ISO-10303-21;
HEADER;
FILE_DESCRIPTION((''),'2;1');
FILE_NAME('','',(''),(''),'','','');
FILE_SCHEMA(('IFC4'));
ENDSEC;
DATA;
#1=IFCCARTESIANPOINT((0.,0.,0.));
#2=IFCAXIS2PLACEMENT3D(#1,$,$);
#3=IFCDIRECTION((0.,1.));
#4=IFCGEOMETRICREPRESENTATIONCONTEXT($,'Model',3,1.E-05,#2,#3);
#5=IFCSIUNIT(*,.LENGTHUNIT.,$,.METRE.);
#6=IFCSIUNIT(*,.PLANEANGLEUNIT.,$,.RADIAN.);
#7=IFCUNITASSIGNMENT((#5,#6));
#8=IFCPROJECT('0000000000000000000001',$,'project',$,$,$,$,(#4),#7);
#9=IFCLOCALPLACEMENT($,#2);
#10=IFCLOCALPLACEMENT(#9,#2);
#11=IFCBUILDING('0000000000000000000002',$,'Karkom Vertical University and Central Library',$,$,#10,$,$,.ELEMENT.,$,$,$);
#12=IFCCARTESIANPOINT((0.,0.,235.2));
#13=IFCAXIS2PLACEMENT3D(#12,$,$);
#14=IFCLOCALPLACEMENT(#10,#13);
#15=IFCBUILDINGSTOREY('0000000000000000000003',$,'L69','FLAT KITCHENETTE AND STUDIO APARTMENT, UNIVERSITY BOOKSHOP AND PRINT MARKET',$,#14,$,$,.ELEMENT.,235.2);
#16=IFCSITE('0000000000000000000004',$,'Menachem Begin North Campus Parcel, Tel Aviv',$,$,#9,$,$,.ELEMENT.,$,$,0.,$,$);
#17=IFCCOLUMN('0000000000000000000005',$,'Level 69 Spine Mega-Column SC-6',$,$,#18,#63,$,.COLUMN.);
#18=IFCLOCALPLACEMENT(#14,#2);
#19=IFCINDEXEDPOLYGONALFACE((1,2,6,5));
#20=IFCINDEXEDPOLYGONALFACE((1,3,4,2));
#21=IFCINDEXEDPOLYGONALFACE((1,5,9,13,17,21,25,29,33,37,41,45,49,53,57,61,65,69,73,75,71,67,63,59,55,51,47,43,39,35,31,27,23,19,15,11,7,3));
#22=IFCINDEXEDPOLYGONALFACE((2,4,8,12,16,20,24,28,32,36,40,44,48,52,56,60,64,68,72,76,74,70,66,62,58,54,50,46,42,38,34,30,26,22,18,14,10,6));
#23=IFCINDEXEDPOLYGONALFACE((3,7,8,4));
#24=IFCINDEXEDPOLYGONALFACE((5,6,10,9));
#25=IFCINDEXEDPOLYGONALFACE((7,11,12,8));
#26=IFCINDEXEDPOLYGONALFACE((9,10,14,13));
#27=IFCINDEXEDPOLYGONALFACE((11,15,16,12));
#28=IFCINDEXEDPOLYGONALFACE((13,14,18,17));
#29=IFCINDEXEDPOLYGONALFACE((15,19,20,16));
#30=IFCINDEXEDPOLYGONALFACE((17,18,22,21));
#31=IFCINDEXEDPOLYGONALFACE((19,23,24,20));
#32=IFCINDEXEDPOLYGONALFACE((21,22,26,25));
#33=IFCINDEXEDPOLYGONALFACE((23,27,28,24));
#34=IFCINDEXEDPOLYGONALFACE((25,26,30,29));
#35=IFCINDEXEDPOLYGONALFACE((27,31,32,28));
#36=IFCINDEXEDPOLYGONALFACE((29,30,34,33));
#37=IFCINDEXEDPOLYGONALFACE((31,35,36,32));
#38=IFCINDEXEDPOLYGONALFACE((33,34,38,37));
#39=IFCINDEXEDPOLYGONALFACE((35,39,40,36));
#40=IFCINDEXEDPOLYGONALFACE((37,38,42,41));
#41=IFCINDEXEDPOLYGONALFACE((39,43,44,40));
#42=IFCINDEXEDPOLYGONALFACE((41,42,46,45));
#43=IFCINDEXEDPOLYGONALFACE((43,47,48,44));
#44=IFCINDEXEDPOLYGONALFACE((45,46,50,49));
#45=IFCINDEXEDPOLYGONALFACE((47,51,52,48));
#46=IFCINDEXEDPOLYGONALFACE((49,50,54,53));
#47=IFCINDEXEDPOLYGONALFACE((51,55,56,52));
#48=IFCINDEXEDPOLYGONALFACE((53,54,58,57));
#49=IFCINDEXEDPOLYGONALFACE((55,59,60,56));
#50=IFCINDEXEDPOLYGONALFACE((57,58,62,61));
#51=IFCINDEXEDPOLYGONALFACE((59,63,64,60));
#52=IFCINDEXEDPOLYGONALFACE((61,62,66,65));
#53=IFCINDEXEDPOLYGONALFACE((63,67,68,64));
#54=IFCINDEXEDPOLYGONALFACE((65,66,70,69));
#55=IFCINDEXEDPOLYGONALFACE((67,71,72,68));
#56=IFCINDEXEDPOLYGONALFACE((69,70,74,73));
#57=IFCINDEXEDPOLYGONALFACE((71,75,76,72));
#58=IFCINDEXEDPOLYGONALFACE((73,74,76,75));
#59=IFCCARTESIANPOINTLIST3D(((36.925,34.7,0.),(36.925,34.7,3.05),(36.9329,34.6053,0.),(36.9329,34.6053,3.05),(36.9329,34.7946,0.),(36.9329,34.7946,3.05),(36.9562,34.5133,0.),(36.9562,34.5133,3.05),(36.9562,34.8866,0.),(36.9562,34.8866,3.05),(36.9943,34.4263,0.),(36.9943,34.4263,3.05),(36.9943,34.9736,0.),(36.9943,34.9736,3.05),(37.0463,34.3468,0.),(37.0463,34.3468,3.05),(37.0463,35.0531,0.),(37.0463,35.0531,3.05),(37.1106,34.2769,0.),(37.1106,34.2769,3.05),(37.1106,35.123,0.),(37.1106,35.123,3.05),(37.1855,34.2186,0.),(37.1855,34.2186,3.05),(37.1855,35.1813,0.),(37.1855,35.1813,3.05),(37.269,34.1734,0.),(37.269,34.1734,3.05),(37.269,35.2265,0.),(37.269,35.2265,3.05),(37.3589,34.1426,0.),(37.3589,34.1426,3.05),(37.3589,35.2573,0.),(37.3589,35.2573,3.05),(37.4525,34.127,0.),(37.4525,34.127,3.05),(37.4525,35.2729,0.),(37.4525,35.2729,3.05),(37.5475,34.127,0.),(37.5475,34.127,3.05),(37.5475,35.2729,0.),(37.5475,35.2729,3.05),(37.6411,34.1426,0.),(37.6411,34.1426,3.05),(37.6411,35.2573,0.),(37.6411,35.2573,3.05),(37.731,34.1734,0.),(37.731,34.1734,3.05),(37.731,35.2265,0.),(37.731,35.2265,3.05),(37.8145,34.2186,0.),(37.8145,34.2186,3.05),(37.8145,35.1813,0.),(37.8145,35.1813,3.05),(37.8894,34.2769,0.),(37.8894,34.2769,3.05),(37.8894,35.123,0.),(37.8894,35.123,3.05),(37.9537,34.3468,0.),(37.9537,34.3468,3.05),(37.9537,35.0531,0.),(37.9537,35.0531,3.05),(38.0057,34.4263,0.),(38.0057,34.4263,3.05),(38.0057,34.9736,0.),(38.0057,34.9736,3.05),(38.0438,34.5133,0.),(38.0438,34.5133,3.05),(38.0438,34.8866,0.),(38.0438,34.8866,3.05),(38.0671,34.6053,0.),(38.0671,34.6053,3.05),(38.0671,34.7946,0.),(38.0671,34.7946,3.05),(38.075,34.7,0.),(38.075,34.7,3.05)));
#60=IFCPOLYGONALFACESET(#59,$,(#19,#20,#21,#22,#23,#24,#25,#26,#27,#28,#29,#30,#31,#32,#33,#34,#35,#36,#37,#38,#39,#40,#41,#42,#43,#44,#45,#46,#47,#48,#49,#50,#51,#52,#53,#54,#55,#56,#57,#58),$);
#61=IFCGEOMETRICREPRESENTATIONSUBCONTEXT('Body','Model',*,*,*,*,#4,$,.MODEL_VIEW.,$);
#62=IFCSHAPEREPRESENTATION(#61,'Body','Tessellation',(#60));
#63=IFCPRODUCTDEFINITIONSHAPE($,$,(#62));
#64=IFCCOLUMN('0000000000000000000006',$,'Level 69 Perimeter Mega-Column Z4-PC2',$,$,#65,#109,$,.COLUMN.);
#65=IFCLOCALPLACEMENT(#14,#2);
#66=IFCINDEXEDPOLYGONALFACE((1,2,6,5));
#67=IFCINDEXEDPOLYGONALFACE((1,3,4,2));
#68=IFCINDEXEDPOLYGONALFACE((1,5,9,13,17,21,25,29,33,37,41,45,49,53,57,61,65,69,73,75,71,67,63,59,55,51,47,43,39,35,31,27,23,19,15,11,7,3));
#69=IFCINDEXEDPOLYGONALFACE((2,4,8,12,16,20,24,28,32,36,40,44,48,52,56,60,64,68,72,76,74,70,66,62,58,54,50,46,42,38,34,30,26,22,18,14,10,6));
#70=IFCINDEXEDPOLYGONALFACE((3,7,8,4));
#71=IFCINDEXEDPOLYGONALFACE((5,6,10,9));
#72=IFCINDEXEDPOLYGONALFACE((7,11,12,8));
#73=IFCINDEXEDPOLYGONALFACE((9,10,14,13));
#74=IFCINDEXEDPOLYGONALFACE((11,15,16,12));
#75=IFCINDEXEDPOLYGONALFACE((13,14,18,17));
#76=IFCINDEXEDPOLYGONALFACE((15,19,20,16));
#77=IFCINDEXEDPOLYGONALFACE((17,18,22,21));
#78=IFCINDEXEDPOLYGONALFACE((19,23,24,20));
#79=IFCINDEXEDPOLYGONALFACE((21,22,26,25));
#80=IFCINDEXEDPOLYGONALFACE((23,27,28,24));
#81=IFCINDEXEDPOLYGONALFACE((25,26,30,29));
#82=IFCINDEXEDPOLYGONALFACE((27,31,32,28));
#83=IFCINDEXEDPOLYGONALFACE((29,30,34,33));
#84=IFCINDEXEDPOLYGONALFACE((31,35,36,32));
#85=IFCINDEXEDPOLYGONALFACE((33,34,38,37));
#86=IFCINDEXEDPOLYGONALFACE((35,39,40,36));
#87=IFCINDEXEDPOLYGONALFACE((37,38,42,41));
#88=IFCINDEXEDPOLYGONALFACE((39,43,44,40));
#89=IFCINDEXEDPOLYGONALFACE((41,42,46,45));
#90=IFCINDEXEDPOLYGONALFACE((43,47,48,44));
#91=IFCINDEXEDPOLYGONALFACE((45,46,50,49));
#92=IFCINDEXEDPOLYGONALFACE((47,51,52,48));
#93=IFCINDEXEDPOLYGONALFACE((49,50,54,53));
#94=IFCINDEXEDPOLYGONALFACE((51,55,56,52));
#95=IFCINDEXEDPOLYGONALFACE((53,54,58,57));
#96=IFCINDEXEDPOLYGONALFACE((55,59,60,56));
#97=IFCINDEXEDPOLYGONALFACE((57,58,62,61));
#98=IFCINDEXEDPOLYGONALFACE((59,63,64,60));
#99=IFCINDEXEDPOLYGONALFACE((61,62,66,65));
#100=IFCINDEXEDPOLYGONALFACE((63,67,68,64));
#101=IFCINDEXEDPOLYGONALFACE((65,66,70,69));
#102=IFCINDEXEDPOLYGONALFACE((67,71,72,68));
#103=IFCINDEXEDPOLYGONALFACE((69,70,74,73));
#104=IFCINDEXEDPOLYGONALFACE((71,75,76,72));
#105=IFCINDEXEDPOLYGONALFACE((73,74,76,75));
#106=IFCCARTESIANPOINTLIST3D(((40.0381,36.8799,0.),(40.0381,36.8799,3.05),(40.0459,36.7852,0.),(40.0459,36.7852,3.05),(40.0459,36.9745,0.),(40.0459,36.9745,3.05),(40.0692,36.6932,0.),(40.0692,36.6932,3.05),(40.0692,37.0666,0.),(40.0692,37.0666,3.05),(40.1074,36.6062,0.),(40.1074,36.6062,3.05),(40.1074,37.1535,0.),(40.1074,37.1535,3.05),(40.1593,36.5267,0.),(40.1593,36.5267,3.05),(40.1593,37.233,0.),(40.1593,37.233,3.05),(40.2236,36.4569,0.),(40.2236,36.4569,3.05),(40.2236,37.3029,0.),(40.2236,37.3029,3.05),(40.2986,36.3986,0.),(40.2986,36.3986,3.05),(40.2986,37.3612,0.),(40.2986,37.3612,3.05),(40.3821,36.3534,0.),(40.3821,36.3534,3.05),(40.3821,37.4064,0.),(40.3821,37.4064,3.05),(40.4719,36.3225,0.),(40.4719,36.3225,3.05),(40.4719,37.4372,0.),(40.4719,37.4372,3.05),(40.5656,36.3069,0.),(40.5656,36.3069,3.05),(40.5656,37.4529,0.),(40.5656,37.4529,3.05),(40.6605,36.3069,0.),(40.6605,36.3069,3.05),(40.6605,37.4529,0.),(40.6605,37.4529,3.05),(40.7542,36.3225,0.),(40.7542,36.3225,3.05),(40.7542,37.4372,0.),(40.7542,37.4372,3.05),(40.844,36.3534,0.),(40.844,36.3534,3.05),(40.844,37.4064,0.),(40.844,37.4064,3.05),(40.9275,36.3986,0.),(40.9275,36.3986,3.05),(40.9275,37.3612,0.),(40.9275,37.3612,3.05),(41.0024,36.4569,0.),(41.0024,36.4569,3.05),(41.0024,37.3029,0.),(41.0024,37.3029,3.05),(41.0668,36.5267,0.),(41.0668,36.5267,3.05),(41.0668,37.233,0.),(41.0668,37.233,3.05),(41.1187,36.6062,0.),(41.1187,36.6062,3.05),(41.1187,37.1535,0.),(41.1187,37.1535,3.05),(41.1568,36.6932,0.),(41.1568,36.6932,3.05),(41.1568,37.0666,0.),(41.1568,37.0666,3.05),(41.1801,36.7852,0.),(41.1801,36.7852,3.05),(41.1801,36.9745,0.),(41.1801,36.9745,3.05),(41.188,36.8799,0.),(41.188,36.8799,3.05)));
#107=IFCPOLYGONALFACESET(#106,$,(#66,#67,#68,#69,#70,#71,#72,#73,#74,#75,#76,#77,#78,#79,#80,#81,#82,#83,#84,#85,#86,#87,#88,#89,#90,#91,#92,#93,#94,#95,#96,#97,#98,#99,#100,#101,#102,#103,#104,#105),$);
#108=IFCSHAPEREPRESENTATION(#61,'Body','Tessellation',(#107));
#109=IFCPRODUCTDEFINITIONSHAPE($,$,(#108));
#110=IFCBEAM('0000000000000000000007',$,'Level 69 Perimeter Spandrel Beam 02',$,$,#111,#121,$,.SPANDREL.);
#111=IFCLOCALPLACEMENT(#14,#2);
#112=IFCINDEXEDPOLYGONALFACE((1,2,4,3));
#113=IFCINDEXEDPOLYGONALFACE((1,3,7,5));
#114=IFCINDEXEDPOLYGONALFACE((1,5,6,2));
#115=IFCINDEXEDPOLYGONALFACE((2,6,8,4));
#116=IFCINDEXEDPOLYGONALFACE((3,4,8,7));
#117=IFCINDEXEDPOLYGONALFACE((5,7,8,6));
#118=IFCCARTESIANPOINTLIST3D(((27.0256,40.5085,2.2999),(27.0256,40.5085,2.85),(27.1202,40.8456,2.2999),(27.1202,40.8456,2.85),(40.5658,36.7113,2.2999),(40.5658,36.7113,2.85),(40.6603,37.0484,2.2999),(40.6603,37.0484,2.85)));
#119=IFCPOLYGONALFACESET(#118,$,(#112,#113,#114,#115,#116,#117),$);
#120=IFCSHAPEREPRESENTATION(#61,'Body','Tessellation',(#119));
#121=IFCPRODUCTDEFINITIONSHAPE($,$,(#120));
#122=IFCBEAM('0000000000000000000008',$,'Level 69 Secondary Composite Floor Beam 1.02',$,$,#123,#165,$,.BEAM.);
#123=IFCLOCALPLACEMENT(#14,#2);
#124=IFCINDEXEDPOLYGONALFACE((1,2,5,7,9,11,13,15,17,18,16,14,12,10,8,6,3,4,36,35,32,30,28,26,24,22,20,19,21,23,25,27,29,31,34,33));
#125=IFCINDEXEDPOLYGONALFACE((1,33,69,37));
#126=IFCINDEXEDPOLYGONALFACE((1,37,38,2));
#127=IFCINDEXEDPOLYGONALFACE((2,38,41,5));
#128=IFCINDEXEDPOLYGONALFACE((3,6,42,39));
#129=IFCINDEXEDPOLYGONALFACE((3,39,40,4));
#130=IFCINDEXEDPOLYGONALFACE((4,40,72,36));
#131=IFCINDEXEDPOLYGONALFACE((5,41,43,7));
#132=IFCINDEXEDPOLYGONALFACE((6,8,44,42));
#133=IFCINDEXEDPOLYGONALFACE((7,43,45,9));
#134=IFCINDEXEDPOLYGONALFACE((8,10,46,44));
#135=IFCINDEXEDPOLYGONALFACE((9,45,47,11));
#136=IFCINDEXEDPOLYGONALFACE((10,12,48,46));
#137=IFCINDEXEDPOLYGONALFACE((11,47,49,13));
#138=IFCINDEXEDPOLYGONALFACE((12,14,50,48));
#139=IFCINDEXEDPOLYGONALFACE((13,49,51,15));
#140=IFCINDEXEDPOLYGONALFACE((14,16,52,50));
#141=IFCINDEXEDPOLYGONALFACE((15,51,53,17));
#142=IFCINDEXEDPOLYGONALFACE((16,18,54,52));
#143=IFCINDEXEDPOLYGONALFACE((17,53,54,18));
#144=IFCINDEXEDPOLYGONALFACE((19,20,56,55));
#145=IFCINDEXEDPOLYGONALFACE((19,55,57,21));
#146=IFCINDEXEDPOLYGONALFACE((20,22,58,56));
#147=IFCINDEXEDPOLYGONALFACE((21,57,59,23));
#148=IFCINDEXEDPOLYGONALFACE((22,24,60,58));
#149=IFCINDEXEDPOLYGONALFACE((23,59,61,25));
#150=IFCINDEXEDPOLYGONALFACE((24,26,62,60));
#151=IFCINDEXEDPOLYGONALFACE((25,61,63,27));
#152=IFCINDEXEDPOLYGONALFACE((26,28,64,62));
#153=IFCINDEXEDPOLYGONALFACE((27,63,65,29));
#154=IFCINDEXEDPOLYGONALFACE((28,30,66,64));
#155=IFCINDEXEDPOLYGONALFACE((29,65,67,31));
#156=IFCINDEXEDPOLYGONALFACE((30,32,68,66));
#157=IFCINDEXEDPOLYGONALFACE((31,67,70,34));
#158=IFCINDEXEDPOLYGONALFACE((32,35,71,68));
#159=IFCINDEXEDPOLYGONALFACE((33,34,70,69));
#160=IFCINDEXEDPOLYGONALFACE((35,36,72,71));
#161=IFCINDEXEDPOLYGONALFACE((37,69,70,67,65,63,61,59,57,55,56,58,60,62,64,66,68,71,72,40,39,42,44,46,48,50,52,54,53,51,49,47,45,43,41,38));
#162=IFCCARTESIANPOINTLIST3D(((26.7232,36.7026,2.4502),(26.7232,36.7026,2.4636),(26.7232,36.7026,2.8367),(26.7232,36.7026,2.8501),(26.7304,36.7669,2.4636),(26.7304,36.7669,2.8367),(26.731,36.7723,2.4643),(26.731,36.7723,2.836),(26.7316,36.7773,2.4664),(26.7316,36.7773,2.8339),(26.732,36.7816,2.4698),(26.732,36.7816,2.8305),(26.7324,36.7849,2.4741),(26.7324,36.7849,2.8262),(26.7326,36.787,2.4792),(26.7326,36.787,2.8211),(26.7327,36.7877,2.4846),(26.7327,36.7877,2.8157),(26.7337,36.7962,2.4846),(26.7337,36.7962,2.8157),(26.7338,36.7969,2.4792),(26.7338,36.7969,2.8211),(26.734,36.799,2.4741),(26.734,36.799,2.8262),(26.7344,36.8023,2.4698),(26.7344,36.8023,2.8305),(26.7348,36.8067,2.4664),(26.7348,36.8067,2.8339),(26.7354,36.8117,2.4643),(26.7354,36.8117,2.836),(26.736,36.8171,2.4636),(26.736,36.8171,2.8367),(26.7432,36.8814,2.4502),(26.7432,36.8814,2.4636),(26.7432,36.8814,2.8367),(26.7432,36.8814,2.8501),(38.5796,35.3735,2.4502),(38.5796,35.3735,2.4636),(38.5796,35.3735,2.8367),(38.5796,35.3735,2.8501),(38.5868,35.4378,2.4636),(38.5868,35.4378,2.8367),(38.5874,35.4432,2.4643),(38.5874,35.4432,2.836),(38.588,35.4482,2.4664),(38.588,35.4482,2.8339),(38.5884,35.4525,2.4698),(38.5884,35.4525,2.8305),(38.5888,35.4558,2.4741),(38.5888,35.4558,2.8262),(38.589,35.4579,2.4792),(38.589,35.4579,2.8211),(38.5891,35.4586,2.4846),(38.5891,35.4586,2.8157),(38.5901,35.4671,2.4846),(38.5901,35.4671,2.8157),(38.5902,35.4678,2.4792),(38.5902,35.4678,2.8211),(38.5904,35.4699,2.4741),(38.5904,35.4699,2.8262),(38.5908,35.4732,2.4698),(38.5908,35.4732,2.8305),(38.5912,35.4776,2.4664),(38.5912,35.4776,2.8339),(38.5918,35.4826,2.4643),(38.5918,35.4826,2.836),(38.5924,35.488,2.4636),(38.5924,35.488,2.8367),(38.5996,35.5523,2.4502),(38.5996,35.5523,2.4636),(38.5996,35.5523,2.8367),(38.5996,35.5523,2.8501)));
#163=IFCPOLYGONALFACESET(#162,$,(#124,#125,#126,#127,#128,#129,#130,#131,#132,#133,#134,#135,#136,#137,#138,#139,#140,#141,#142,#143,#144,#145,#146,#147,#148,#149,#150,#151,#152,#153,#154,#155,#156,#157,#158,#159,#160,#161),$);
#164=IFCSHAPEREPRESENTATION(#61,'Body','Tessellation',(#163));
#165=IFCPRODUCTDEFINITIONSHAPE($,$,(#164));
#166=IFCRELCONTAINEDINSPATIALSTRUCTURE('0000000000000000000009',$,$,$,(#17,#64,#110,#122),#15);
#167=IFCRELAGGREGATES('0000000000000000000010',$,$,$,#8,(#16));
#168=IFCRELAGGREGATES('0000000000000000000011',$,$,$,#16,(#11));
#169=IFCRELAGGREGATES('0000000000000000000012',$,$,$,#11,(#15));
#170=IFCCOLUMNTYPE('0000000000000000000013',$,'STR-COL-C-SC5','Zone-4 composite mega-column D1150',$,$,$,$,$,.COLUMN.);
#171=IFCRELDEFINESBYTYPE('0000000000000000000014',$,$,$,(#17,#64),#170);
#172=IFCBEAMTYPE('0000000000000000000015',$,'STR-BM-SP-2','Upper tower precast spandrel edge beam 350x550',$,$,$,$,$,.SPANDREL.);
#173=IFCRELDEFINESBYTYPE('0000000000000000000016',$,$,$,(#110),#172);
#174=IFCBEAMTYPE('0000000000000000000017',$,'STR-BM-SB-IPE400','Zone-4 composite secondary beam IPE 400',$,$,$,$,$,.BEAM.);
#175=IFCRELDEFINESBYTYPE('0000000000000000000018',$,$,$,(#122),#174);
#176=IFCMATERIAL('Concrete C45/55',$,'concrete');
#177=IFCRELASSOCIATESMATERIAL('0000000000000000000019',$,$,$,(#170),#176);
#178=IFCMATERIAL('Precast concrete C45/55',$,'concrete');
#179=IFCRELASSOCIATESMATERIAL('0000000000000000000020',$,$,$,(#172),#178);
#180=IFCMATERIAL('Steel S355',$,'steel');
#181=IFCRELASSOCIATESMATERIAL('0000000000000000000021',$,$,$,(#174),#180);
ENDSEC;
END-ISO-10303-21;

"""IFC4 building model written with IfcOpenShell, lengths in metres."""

from ifc_helpers import new_model, si_unit, direction, frame, origin, origin_with_axes, origin_2d, place, context, subcontext, project, spatial, rectangle, circle, i_section, extrude, source, transform, mapped, material, material_profile, profile_set, type_object, element, save


model = new_model("IFC4")

# Units and contexts
model_context = context("Model", 3, precision=1e-05, world=origin(), true_north=direction((0.0, 1.0)))
body_context = subcontext(model_context, "Body", "Model", "MODEL_VIEW")
ifc_project = project(units=[si_unit("LENGTHUNIT", "METRE"), si_unit("PLANEANGLEUNIT", "RADIAN")], contexts=[model_context])

# Site, building, storey
site_placement = place(None, origin())
site = spatial("IfcSite", under=ifc_project, at=site_placement, Name="Menachem Begin North Campus Parcel, Tel Aviv", CompositionType="ELEMENT", RefElevation=0.0)
building_placement = place(site_placement, origin())
building = spatial("IfcBuilding", under=site, at=building_placement, Name="Karkom Vertical University and Central Library", CompositionType="ELEMENT")
storey_placement = place(building_placement, frame((0.0, 0.0, 235.2)))
storey = spatial("IfcBuildingStorey", under=building, at=storey_placement, Name="L69", Description="FLAT KITCHENETTE AND STUDIO APARTMENT, UNIVERSITY BOOKSHOP AND PRINT MARKET", CompositionType="ELEMENT", Elevation=235.2)

# Columns
ifc_material_1 = material(Name="Concrete C45/55", Category="concrete")
ifc_material_profile_1 = material_profile(ifc_material_1, circle(Radius=0.575, at=origin_2d()), Name="CFT-D1150")
ifc_profile_set_1 = profile_set([ifc_material_profile_1], Name="Concrete C45/55")
column_type = type_object("IfcColumnType", Name="STR-COL-C-SC5", Description="Zone-4 composite mega-column D1150", PredefinedType="COLUMN", material=ifc_profile_set_1)
shared_shape_1 = source(origin_with_axes(), body_context, "Body", "SweptSolid", [
    extrude(circle(Radius=0.575, at=origin_2d()), origin(), (0.0, 0.0, 1.0), 3.05),
])
for number, where, z_axis, x_axis, name in (
    (1, (37.5, 34.7, 0.0), (0.0, 0.0, 1.0), (1.0, 0.0, 0.0), "Level 69 Spine Mega-Column SC-6"),
    (2, (40.613, 36.8799, 0.0), (0.0, 0.0, 1.0), (1.0, 0.0, 0.0), "Level 69 Perimeter Mega-Column Z4-PC2"),
):
    element("IfcColumn", number, at=place(storey_placement, frame(where, z_axis=z_axis, x_axis=x_axis)), inside=storey, type_object=column_type, Name=name, PredefinedType="COLUMN", context=body_context, shape_type="MappedRepresentation", body=[
        mapped(shared_shape_1, transform((0.0, 0.0, 0.0), scale=1.0)),
    ])

# Beams
ifc_material_2 = material(Name="Precast concrete C45/55", Category="concrete")
ifc_material_profile_2 = material_profile(ifc_material_2, rectangle(XDim=0.3501, YDim=0.55, at=origin_2d()), Name="SPB-350x550")
ifc_profile_set_2 = profile_set([ifc_material_profile_2], Name="Precast concrete C45/55")
beam_type_1 = type_object("IfcBeamType", Name="STR-BM-SP-2", Description="Upper tower precast spandrel edge beam 350x550", PredefinedType="SPANDREL", material=ifc_profile_set_2)
shared_shape_2 = source(origin_with_axes(), body_context, "Body", "SweptSolid", [
    extrude(rectangle(XDim=0.3501, YDim=0.55, at=origin_2d()), origin(), (0.0, 0.0, 1.0), 14.0625),
])
beam_1_placement = place(storey_placement, frame((40.613, 36.8799, 2.575), z_axis=(-0.962855, 0.27002, 0.0), x_axis=(-0.27002, -0.962855, 0.0)))
element("IfcBeam", 3, at=beam_1_placement, inside=storey, type_object=beam_type_1, Name="Level 69 Perimeter Spandrel Beam 02", PredefinedType="SPANDREL", context=body_context, shape_type="MappedRepresentation", body=[
    mapped(shared_shape_2, transform((0.0, 0.0, 0.0), scale=1.0)),
])
ifc_material_3 = material(Name="Steel S355", Category="steel")
ifc_material_profile_3 = material_profile(ifc_material_3, i_section(OverallWidth=0.1799, OverallDepth=0.3999, WebThickness=0.0085, FlangeThickness=0.0134, FilletRadius=0.021, at=origin_2d()), Name="IPE 400")
ifc_profile_set_3 = profile_set([ifc_material_profile_3], Name="Steel S355")
beam_type_2 = type_object("IfcBeamType", Name="STR-BM-SB-IPE400", Description="Zone-4 composite secondary beam IPE 400", PredefinedType="BEAM", material=ifc_profile_set_3)
shared_shape_3 = source(origin_with_axes(), body_context, "Body", "SweptSolid", [
    extrude(i_section(OverallWidth=0.1799, OverallDepth=0.3999, WebThickness=0.0085, FlangeThickness=0.0134, FilletRadius=0.021, at=origin_2d()), origin(), (0.0, 0.0, 1.0), 11.9307),
])
beam_2_placement = place(storey_placement, frame((38.5896, 35.4629, 2.6501), z_axis=(-0.993775, 0.111402, 0.0), x_axis=(-0.111402, -0.993775, 0.0)))
element("IfcBeam", 4, at=beam_2_placement, inside=storey, type_object=beam_type_2, Name="Level 69 Secondary Composite Floor Beam 1.02", PredefinedType="BEAM", context=body_context, shape_type="MappedRepresentation", body=[
    mapped(shared_shape_3, transform((0.0, 0.0, 0.0), scale=1.0)),
])

save(model, "model.ifc")
